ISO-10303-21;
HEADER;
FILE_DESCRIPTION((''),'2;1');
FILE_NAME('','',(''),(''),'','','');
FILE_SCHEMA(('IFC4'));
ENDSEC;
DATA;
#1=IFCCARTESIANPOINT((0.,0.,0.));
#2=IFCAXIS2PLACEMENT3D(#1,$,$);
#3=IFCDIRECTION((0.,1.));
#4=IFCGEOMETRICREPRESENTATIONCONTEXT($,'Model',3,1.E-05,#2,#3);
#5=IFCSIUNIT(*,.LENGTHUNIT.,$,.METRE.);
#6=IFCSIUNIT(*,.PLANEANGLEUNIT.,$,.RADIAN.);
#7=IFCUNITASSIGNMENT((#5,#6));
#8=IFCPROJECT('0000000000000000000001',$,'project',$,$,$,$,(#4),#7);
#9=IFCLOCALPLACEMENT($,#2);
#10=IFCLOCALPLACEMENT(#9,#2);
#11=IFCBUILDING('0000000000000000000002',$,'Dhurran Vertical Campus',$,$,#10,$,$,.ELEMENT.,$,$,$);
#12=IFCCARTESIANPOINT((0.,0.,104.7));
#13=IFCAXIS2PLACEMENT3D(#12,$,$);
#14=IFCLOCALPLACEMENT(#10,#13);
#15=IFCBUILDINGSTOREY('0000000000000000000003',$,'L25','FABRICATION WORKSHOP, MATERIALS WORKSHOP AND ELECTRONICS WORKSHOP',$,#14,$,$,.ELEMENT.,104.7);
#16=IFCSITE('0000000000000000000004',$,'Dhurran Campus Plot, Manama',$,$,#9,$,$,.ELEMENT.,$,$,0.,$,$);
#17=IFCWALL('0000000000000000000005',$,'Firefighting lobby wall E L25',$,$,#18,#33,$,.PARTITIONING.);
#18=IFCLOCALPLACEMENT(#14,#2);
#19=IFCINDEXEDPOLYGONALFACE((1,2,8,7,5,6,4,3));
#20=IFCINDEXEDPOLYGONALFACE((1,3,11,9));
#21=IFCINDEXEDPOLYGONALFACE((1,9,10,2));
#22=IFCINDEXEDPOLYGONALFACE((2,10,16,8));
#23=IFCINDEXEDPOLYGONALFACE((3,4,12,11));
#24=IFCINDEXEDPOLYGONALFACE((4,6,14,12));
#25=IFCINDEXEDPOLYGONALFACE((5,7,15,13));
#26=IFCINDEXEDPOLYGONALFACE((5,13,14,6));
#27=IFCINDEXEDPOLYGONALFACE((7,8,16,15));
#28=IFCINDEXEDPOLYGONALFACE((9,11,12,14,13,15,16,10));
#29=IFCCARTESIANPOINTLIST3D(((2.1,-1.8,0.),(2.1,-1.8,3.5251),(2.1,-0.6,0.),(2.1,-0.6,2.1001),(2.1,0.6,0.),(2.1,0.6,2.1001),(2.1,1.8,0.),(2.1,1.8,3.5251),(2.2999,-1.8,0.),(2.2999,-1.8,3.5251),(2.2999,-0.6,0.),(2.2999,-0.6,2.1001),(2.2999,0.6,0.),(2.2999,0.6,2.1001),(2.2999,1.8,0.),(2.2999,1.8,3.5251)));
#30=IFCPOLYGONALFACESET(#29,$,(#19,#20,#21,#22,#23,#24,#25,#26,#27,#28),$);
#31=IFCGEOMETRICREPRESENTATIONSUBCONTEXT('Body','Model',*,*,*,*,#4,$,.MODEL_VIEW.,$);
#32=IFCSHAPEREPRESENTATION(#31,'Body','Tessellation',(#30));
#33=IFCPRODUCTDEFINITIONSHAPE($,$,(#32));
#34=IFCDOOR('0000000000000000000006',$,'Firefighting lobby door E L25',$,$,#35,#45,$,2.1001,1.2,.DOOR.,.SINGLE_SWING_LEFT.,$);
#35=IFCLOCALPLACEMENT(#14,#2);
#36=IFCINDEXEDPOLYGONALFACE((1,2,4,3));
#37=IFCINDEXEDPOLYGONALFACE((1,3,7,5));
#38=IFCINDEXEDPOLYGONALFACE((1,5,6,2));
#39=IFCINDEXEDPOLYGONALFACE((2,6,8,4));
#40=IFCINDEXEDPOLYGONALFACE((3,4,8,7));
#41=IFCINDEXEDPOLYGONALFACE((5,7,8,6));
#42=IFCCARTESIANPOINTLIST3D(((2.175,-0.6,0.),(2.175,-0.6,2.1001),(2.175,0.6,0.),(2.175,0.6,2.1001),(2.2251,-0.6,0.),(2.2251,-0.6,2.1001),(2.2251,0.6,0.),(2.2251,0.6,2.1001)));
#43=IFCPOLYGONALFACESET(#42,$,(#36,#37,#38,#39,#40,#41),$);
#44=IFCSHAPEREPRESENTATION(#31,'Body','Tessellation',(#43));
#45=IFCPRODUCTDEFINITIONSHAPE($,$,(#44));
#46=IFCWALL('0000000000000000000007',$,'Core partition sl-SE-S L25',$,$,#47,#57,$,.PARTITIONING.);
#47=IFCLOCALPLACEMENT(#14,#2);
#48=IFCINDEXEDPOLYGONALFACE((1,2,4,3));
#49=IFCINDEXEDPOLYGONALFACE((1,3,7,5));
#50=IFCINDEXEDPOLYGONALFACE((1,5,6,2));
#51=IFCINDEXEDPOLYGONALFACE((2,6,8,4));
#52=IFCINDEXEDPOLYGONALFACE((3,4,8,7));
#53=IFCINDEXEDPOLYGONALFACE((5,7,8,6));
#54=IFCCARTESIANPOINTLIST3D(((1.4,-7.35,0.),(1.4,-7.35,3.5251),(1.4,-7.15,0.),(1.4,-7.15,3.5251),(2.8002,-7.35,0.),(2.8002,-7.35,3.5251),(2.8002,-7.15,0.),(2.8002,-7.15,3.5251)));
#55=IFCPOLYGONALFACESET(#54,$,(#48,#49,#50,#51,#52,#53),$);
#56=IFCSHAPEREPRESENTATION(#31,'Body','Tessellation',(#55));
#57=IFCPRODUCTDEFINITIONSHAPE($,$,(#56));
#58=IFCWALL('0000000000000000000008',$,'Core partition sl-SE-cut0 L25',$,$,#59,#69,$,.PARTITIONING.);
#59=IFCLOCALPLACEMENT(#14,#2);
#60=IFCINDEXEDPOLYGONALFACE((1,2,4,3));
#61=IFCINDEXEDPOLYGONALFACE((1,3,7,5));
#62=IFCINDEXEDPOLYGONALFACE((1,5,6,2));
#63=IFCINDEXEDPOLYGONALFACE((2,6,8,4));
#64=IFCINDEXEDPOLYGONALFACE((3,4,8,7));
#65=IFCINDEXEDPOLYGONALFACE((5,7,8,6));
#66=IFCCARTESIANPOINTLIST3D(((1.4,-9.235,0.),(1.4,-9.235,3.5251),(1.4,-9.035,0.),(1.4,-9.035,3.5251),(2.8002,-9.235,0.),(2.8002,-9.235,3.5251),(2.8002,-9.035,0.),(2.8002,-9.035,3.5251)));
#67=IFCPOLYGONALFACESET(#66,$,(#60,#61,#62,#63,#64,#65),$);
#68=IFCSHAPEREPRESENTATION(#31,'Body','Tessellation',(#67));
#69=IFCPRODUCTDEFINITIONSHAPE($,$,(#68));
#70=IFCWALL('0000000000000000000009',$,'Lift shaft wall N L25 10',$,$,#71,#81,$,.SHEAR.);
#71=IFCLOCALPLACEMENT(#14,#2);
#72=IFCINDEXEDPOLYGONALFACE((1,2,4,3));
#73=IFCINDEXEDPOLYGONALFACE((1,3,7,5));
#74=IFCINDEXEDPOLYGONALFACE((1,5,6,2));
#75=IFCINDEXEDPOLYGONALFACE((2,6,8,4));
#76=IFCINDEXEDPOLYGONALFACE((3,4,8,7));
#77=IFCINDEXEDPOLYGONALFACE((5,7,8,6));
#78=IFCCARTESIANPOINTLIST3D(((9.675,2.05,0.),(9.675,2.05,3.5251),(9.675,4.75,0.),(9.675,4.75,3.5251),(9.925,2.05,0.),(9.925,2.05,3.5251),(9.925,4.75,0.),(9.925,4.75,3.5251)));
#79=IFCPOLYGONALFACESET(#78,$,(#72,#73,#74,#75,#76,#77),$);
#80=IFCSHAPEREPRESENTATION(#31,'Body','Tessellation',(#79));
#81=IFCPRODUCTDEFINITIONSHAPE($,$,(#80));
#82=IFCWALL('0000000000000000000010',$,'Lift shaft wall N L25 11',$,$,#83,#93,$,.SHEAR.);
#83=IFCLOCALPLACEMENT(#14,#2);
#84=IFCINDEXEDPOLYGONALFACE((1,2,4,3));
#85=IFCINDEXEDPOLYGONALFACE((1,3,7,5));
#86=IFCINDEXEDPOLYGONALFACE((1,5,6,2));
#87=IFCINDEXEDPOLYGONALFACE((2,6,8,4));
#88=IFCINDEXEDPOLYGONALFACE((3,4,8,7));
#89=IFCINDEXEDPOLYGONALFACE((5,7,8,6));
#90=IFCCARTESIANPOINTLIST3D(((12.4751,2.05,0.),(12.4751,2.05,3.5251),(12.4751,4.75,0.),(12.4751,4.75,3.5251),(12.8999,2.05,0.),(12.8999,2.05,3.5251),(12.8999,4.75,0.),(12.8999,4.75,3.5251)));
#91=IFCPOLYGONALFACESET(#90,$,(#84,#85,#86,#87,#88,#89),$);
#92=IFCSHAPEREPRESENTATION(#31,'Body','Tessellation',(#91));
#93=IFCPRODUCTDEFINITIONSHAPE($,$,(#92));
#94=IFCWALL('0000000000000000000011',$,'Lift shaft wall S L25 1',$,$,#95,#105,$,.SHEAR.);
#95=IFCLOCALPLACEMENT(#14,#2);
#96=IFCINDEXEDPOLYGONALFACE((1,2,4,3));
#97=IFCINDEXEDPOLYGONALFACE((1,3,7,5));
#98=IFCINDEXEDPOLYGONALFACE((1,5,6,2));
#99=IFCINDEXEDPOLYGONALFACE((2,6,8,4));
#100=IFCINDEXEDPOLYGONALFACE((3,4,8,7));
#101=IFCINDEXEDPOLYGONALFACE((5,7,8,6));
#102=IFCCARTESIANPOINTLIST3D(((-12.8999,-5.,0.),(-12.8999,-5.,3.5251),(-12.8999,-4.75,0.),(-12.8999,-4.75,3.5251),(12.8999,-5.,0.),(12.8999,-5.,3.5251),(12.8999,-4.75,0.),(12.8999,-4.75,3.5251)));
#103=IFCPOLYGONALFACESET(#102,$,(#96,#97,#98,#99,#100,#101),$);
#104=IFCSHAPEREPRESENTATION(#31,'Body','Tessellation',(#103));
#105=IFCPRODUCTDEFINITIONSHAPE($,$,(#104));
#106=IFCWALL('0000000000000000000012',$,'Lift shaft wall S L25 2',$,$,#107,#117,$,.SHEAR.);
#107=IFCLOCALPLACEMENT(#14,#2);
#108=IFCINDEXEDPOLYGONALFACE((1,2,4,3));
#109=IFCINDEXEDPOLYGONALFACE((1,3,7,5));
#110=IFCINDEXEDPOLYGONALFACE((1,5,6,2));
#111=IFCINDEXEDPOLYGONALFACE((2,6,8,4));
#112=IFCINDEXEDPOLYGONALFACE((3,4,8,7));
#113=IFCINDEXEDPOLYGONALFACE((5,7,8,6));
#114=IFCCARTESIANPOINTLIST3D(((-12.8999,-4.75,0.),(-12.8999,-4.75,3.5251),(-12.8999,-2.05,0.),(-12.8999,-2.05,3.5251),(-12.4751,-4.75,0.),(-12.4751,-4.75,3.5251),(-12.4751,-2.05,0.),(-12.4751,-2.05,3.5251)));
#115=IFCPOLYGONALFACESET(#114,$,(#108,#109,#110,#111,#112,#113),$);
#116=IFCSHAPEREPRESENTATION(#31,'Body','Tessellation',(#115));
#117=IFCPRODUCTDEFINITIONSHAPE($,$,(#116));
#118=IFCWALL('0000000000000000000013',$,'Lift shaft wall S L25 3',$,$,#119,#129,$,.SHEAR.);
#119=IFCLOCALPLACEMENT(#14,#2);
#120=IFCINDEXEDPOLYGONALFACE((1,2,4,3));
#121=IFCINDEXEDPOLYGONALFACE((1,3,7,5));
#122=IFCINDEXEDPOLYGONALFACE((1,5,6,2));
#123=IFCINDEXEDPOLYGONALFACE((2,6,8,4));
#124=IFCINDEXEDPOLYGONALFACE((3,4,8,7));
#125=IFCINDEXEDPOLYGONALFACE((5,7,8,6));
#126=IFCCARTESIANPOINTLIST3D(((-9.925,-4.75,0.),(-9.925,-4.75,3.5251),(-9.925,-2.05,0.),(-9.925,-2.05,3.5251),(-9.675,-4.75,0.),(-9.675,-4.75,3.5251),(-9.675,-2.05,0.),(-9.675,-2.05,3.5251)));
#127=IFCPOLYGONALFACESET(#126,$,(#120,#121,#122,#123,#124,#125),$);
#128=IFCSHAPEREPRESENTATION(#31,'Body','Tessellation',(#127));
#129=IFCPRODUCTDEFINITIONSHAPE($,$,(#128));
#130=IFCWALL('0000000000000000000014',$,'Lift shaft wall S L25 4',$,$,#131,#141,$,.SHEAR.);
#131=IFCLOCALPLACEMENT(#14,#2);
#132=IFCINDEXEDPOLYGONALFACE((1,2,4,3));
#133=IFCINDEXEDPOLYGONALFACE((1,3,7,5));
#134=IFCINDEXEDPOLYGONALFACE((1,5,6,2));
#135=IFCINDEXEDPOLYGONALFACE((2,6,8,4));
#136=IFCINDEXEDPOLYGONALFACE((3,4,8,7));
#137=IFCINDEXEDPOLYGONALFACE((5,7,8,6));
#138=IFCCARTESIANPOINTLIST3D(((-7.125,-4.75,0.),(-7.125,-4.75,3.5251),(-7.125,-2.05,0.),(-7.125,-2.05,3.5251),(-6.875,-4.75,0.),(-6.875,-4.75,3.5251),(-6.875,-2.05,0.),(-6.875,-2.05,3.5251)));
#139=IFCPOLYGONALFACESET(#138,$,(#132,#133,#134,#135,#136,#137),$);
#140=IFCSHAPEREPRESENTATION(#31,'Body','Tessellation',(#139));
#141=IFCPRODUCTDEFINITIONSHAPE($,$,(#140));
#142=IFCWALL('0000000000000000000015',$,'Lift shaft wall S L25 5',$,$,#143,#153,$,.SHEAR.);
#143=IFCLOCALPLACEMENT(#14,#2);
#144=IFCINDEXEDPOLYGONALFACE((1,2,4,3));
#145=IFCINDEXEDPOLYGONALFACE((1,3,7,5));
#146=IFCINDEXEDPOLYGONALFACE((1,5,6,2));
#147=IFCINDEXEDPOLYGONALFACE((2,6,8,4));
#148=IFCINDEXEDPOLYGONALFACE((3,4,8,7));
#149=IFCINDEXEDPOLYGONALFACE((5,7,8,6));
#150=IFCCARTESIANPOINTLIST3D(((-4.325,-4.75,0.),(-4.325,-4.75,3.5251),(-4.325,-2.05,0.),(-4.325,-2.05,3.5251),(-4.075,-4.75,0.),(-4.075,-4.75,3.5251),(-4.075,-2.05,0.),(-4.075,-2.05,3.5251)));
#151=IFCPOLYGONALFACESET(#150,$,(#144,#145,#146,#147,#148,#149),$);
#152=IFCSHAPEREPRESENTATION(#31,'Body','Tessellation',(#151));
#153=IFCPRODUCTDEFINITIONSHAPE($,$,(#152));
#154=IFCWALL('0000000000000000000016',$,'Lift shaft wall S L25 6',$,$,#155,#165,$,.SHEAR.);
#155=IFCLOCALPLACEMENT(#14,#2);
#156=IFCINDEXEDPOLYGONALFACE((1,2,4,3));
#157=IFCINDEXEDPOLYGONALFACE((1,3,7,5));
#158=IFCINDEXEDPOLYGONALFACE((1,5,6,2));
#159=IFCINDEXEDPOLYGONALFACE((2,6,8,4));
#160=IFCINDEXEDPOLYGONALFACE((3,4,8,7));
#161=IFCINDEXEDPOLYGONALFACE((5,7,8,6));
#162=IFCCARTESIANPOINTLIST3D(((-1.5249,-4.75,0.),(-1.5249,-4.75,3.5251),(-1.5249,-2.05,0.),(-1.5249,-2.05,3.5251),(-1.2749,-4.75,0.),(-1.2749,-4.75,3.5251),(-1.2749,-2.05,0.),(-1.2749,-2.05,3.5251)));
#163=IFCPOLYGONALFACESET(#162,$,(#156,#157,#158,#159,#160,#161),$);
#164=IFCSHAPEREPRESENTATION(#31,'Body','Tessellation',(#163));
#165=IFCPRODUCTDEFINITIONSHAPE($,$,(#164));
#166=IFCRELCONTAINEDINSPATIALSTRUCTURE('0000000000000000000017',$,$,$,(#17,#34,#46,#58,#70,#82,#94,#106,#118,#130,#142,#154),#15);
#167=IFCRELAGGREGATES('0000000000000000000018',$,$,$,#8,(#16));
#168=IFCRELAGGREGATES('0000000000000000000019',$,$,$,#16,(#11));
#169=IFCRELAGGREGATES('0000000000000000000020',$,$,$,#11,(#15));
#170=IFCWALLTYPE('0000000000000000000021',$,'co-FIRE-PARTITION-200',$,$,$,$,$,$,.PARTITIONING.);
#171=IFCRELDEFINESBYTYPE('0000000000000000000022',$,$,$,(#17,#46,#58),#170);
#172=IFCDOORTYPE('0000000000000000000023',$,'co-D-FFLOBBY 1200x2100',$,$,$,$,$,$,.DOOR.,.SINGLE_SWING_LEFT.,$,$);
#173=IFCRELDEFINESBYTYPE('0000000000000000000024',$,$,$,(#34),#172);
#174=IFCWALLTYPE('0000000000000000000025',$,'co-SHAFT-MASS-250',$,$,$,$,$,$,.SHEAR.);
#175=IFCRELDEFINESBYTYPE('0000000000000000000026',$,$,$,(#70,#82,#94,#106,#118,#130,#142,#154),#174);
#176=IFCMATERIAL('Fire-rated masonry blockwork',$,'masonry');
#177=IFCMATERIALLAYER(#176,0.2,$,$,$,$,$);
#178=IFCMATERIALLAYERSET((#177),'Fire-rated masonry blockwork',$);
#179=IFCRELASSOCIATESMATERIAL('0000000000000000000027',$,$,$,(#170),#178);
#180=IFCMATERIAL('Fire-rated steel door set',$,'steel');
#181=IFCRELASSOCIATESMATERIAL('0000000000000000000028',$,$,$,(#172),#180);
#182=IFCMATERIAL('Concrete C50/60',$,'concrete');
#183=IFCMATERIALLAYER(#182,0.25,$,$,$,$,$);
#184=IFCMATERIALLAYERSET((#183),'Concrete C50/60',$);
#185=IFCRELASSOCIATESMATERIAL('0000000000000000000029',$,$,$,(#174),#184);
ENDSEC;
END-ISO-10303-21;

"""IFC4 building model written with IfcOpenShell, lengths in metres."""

from ifc_helpers import new_model, si_unit, direction, frame, frame_2d, origin, place, context, subcontext, project, spatial, polyline, rectangle, outline, extrude, material, layer, layer_set, type_object, element, fill, save


model = new_model("IFC4")

# Units and contexts
model_context = context("Model", 3, precision=1e-05, world=origin(), true_north=direction((0.0, 1.0)))
body_context = subcontext(model_context, "Body", "Model", "MODEL_VIEW")
ifc_project = project(units=[si_unit("LENGTHUNIT", "METRE"), si_unit("PLANEANGLEUNIT", "RADIAN")], contexts=[model_context])

# Site, building, storey
site_placement = place(None, origin())
site = spatial("IfcSite", under=ifc_project, at=site_placement, Name="Dhurran Campus Plot, Manama", CompositionType="ELEMENT", RefElevation=0.0)
building_placement = place(site_placement, origin())
building = spatial("IfcBuilding", under=site, at=building_placement, Name="Dhurran Vertical Campus", CompositionType="ELEMENT")
storey_placement = place(building_placement, frame((0.0, 0.0, 104.7)))
storey = spatial("IfcBuildingStorey", under=building, at=storey_placement, Name="L25", Description="FABRICATION WORKSHOP, MATERIALS WORKSHOP AND ELECTRONICS WORKSHOP", CompositionType="ELEMENT", Elevation=104.7)

# Wall, opening, door
ifc_material_1 = material(Name="Fire-rated masonry blockwork", Category="masonry")
ifc_layer_1 = layer(ifc_material_1, 0.2)
ifc_layer_set_1 = layer_set([ifc_layer_1], Name="Fire-rated masonry blockwork")
wall_type_1 = type_object("IfcWallType", Name="co-FIRE-PARTITION-200", PredefinedType="PARTITIONING", material=ifc_layer_set_1)
wall_1_placement = place(storey_placement, frame((2.2, -1.8, 0.0), z_axis=(0.0, 0.0, 1.0), x_axis=(0.0, 1.0, 0.0)))
wall_1 = element("IfcWall", 1, at=wall_1_placement, inside=storey, type_object=wall_type_1, Name="Firefighting lobby wall E L25", PredefinedType="PARTITIONING", context=body_context, shape_type="SweptSolid", body=[
    extrude(rectangle(XDim=3.6001, YDim=0.2, at=frame_2d((1.8, 0.0))), origin(), (0.0, 0.0, 1.0), 3.5251),
])
opening_1_placement = place(wall_1_placement, frame((1.2, 0.0, 0.0)))
opening_1 = element("IfcOpeningElement", 2, at=opening_1_placement, cuts=wall_1, PredefinedType="OPENING", context=body_context, shape_type="SweptSolid", body=[
    extrude(rectangle(XDim=1.2, YDim=2.1001, at=frame_2d((0.6001, 1.05))), frame((0.0, 0.1099, 0.0), z_axis=(0.0, -1.0, 0.0), x_axis=(1.0, 0.0, 0.0)), (0.0, 0.0, 1.0), 0.22),
])
ifc_material_2 = material(Name="Fire-rated steel door set", Category="steel")
door_type_1 = type_object("IfcDoorType", Name="co-D-FFLOBBY 1200x2100", OperationType="SINGLE_SWING_LEFT", PredefinedType="DOOR", material=ifc_material_2)
door_1_placement = place(opening_1_placement, origin())
door_1 = element("IfcDoor", 3, at=door_1_placement, inside=storey, type_object=door_type_1, Name="Firefighting lobby door E L25", OperationType="SINGLE_SWING_LEFT", OverallHeight=2.1001, OverallWidth=1.2, PredefinedType="DOOR", context=body_context, shape_type="SweptSolid", body=[
    extrude(rectangle(XDim=1.2, YDim=2.1001, at=frame_2d((0.6001, 1.05))), frame((0.0, 0.0249, 0.0), z_axis=(0.0, -1.0, 0.0), x_axis=(1.0, 0.0, 0.0)), (0.0, 0.0, 1.0), 0.05),
])
fill(opening_1, door_1)

# Walls
for number, where, z_axis, x_axis, name in (
    (4, (1.3999, -7.25, 0.0), (0.0, 0.0, 1.0), (1.0, 0.0, 0.0), "Core partition sl-SE-S L25"),
    (5, (1.3999, -9.135, 0.0), (0.0, 0.0, 1.0), (1.0, 0.0, 0.0), "Core partition sl-SE-cut0 L25"),
):
    element("IfcWall", number, at=place(storey_placement, frame(where, z_axis=z_axis, x_axis=x_axis)), inside=storey, type_object=wall_type_1, Name=name, PredefinedType="PARTITIONING", context=body_context, shape_type="SweptSolid", body=[
        extrude(rectangle(XDim=1.4001, YDim=0.2, at=frame_2d((0.7002, 0.0))), origin(), (0.0, 0.0, 1.0), 3.5251),
    ])
ifc_material_3 = material(Name="Concrete C50/60", Category="concrete")
ifc_layer_2 = layer(ifc_material_3, 0.25)
ifc_layer_set_2 = layer_set([ifc_layer_2], Name="Concrete C50/60")
wall_type_2 = type_object("IfcWallType", Name="co-SHAFT-MASS-250", PredefinedType="SHEAR", material=ifc_layer_set_2)
wall_2_placement = place(storey_placement, origin())
element("IfcWall", 6, at=wall_2_placement, inside=storey, type_object=wall_type_2, Name="Lift shaft wall N L25 10", PredefinedType="SHEAR", context=body_context, shape_type="SweptSolid", body=[
    extrude(outline(polyline([(9.675, 2.05), (9.925, 2.05), (9.925, 4.75), (9.675, 4.75), (9.675, 2.05)])), origin(), (0.0, 0.0, 1.0), 3.5251),
])
wall_3_placement = place(storey_placement, origin())
element("IfcWall", 7, at=wall_3_placement, inside=storey, type_object=wall_type_2, Name="Lift shaft wall N L25 11", PredefinedType="SHEAR", context=body_context, shape_type="SweptSolid", body=[
    extrude(outline(polyline([(12.4751, 2.05), (12.8999, 2.05), (12.8999, 4.75), (12.4751, 4.75), (12.4751, 2.05)])), origin(), (0.0, 0.0, 1.0), 3.5251),
])
wall_4_placement = place(storey_placement, origin())
element("IfcWall", 8, at=wall_4_placement, inside=storey, type_object=wall_type_2, Name="Lift shaft wall S L25 1", PredefinedType="SHEAR", context=body_context, shape_type="SweptSolid", body=[
    extrude(outline(polyline([(-12.8999, -5.0), (12.8999, -5.0), (12.8999, -4.75), (-12.8999, -4.75), (-12.8999, -5.0)])), origin(), (0.0, 0.0, 1.0), 3.5251),
])
wall_5_placement = place(storey_placement, origin())
element("IfcWall", 9, at=wall_5_placement, inside=storey, type_object=wall_type_2, Name="Lift shaft wall S L25 2", PredefinedType="SHEAR", context=body_context, shape_type="SweptSolid", body=[
    extrude(outline(polyline([(-12.8999, -4.75), (-12.4751, -4.75), (-12.4751, -2.05), (-12.8999, -2.05), (-12.8999, -4.75)])), origin(), (0.0, 0.0, 1.0), 3.5251),
])
wall_6_placement = place(storey_placement, origin())
element("IfcWall", 10, at=wall_6_placement, inside=storey, type_object=wall_type_2, Name="Lift shaft wall S L25 3", PredefinedType="SHEAR", context=body_context, shape_type="SweptSolid", body=[
    extrude(outline(polyline([(-9.925, -4.75), (-9.675, -4.75), (-9.675, -2.05), (-9.925, -2.05), (-9.925, -4.75)])), origin(), (0.0, 0.0, 1.0), 3.5251),
])
wall_7_placement = place(storey_placement, origin())
element("IfcWall", 11, at=wall_7_placement, inside=storey, type_object=wall_type_2, Name="Lift shaft wall S L25 4", PredefinedType="SHEAR", context=body_context, shape_type="SweptSolid", body=[
    extrude(outline(polyline([(-7.125, -4.75), (-6.875, -4.75), (-6.875, -2.05), (-7.125, -2.05), (-7.125, -4.75)])), origin(), (0.0, 0.0, 1.0), 3.5251),
])
wall_8_placement = place(storey_placement, origin())
element("IfcWall", 12, at=wall_8_placement, inside=storey, type_object=wall_type_2, Name="Lift shaft wall S L25 5", PredefinedType="SHEAR", context=body_context, shape_type="SweptSolid", body=[
    extrude(outline(polyline([(-4.325, -4.75), (-4.075, -4.75), (-4.075, -2.05), (-4.325, -2.05), (-4.325, -4.75)])), origin(), (0.0, 0.0, 1.0), 3.5251),
])
wall_9_placement = place(storey_placement, origin())
element("IfcWall", 13, at=wall_9_placement, inside=storey, type_object=wall_type_2, Name="Lift shaft wall S L25 6", PredefinedType="SHEAR", context=body_context, shape_type="SweptSolid", body=[
    extrude(outline(polyline([(-1.5249, -4.75), (-1.2749, -4.75), (-1.2749, -2.05), (-1.5249, -2.05), (-1.5249, -4.75)])), origin(), (0.0, 0.0, 1.0), 3.5251),
])

save(model, "model.ifc")
